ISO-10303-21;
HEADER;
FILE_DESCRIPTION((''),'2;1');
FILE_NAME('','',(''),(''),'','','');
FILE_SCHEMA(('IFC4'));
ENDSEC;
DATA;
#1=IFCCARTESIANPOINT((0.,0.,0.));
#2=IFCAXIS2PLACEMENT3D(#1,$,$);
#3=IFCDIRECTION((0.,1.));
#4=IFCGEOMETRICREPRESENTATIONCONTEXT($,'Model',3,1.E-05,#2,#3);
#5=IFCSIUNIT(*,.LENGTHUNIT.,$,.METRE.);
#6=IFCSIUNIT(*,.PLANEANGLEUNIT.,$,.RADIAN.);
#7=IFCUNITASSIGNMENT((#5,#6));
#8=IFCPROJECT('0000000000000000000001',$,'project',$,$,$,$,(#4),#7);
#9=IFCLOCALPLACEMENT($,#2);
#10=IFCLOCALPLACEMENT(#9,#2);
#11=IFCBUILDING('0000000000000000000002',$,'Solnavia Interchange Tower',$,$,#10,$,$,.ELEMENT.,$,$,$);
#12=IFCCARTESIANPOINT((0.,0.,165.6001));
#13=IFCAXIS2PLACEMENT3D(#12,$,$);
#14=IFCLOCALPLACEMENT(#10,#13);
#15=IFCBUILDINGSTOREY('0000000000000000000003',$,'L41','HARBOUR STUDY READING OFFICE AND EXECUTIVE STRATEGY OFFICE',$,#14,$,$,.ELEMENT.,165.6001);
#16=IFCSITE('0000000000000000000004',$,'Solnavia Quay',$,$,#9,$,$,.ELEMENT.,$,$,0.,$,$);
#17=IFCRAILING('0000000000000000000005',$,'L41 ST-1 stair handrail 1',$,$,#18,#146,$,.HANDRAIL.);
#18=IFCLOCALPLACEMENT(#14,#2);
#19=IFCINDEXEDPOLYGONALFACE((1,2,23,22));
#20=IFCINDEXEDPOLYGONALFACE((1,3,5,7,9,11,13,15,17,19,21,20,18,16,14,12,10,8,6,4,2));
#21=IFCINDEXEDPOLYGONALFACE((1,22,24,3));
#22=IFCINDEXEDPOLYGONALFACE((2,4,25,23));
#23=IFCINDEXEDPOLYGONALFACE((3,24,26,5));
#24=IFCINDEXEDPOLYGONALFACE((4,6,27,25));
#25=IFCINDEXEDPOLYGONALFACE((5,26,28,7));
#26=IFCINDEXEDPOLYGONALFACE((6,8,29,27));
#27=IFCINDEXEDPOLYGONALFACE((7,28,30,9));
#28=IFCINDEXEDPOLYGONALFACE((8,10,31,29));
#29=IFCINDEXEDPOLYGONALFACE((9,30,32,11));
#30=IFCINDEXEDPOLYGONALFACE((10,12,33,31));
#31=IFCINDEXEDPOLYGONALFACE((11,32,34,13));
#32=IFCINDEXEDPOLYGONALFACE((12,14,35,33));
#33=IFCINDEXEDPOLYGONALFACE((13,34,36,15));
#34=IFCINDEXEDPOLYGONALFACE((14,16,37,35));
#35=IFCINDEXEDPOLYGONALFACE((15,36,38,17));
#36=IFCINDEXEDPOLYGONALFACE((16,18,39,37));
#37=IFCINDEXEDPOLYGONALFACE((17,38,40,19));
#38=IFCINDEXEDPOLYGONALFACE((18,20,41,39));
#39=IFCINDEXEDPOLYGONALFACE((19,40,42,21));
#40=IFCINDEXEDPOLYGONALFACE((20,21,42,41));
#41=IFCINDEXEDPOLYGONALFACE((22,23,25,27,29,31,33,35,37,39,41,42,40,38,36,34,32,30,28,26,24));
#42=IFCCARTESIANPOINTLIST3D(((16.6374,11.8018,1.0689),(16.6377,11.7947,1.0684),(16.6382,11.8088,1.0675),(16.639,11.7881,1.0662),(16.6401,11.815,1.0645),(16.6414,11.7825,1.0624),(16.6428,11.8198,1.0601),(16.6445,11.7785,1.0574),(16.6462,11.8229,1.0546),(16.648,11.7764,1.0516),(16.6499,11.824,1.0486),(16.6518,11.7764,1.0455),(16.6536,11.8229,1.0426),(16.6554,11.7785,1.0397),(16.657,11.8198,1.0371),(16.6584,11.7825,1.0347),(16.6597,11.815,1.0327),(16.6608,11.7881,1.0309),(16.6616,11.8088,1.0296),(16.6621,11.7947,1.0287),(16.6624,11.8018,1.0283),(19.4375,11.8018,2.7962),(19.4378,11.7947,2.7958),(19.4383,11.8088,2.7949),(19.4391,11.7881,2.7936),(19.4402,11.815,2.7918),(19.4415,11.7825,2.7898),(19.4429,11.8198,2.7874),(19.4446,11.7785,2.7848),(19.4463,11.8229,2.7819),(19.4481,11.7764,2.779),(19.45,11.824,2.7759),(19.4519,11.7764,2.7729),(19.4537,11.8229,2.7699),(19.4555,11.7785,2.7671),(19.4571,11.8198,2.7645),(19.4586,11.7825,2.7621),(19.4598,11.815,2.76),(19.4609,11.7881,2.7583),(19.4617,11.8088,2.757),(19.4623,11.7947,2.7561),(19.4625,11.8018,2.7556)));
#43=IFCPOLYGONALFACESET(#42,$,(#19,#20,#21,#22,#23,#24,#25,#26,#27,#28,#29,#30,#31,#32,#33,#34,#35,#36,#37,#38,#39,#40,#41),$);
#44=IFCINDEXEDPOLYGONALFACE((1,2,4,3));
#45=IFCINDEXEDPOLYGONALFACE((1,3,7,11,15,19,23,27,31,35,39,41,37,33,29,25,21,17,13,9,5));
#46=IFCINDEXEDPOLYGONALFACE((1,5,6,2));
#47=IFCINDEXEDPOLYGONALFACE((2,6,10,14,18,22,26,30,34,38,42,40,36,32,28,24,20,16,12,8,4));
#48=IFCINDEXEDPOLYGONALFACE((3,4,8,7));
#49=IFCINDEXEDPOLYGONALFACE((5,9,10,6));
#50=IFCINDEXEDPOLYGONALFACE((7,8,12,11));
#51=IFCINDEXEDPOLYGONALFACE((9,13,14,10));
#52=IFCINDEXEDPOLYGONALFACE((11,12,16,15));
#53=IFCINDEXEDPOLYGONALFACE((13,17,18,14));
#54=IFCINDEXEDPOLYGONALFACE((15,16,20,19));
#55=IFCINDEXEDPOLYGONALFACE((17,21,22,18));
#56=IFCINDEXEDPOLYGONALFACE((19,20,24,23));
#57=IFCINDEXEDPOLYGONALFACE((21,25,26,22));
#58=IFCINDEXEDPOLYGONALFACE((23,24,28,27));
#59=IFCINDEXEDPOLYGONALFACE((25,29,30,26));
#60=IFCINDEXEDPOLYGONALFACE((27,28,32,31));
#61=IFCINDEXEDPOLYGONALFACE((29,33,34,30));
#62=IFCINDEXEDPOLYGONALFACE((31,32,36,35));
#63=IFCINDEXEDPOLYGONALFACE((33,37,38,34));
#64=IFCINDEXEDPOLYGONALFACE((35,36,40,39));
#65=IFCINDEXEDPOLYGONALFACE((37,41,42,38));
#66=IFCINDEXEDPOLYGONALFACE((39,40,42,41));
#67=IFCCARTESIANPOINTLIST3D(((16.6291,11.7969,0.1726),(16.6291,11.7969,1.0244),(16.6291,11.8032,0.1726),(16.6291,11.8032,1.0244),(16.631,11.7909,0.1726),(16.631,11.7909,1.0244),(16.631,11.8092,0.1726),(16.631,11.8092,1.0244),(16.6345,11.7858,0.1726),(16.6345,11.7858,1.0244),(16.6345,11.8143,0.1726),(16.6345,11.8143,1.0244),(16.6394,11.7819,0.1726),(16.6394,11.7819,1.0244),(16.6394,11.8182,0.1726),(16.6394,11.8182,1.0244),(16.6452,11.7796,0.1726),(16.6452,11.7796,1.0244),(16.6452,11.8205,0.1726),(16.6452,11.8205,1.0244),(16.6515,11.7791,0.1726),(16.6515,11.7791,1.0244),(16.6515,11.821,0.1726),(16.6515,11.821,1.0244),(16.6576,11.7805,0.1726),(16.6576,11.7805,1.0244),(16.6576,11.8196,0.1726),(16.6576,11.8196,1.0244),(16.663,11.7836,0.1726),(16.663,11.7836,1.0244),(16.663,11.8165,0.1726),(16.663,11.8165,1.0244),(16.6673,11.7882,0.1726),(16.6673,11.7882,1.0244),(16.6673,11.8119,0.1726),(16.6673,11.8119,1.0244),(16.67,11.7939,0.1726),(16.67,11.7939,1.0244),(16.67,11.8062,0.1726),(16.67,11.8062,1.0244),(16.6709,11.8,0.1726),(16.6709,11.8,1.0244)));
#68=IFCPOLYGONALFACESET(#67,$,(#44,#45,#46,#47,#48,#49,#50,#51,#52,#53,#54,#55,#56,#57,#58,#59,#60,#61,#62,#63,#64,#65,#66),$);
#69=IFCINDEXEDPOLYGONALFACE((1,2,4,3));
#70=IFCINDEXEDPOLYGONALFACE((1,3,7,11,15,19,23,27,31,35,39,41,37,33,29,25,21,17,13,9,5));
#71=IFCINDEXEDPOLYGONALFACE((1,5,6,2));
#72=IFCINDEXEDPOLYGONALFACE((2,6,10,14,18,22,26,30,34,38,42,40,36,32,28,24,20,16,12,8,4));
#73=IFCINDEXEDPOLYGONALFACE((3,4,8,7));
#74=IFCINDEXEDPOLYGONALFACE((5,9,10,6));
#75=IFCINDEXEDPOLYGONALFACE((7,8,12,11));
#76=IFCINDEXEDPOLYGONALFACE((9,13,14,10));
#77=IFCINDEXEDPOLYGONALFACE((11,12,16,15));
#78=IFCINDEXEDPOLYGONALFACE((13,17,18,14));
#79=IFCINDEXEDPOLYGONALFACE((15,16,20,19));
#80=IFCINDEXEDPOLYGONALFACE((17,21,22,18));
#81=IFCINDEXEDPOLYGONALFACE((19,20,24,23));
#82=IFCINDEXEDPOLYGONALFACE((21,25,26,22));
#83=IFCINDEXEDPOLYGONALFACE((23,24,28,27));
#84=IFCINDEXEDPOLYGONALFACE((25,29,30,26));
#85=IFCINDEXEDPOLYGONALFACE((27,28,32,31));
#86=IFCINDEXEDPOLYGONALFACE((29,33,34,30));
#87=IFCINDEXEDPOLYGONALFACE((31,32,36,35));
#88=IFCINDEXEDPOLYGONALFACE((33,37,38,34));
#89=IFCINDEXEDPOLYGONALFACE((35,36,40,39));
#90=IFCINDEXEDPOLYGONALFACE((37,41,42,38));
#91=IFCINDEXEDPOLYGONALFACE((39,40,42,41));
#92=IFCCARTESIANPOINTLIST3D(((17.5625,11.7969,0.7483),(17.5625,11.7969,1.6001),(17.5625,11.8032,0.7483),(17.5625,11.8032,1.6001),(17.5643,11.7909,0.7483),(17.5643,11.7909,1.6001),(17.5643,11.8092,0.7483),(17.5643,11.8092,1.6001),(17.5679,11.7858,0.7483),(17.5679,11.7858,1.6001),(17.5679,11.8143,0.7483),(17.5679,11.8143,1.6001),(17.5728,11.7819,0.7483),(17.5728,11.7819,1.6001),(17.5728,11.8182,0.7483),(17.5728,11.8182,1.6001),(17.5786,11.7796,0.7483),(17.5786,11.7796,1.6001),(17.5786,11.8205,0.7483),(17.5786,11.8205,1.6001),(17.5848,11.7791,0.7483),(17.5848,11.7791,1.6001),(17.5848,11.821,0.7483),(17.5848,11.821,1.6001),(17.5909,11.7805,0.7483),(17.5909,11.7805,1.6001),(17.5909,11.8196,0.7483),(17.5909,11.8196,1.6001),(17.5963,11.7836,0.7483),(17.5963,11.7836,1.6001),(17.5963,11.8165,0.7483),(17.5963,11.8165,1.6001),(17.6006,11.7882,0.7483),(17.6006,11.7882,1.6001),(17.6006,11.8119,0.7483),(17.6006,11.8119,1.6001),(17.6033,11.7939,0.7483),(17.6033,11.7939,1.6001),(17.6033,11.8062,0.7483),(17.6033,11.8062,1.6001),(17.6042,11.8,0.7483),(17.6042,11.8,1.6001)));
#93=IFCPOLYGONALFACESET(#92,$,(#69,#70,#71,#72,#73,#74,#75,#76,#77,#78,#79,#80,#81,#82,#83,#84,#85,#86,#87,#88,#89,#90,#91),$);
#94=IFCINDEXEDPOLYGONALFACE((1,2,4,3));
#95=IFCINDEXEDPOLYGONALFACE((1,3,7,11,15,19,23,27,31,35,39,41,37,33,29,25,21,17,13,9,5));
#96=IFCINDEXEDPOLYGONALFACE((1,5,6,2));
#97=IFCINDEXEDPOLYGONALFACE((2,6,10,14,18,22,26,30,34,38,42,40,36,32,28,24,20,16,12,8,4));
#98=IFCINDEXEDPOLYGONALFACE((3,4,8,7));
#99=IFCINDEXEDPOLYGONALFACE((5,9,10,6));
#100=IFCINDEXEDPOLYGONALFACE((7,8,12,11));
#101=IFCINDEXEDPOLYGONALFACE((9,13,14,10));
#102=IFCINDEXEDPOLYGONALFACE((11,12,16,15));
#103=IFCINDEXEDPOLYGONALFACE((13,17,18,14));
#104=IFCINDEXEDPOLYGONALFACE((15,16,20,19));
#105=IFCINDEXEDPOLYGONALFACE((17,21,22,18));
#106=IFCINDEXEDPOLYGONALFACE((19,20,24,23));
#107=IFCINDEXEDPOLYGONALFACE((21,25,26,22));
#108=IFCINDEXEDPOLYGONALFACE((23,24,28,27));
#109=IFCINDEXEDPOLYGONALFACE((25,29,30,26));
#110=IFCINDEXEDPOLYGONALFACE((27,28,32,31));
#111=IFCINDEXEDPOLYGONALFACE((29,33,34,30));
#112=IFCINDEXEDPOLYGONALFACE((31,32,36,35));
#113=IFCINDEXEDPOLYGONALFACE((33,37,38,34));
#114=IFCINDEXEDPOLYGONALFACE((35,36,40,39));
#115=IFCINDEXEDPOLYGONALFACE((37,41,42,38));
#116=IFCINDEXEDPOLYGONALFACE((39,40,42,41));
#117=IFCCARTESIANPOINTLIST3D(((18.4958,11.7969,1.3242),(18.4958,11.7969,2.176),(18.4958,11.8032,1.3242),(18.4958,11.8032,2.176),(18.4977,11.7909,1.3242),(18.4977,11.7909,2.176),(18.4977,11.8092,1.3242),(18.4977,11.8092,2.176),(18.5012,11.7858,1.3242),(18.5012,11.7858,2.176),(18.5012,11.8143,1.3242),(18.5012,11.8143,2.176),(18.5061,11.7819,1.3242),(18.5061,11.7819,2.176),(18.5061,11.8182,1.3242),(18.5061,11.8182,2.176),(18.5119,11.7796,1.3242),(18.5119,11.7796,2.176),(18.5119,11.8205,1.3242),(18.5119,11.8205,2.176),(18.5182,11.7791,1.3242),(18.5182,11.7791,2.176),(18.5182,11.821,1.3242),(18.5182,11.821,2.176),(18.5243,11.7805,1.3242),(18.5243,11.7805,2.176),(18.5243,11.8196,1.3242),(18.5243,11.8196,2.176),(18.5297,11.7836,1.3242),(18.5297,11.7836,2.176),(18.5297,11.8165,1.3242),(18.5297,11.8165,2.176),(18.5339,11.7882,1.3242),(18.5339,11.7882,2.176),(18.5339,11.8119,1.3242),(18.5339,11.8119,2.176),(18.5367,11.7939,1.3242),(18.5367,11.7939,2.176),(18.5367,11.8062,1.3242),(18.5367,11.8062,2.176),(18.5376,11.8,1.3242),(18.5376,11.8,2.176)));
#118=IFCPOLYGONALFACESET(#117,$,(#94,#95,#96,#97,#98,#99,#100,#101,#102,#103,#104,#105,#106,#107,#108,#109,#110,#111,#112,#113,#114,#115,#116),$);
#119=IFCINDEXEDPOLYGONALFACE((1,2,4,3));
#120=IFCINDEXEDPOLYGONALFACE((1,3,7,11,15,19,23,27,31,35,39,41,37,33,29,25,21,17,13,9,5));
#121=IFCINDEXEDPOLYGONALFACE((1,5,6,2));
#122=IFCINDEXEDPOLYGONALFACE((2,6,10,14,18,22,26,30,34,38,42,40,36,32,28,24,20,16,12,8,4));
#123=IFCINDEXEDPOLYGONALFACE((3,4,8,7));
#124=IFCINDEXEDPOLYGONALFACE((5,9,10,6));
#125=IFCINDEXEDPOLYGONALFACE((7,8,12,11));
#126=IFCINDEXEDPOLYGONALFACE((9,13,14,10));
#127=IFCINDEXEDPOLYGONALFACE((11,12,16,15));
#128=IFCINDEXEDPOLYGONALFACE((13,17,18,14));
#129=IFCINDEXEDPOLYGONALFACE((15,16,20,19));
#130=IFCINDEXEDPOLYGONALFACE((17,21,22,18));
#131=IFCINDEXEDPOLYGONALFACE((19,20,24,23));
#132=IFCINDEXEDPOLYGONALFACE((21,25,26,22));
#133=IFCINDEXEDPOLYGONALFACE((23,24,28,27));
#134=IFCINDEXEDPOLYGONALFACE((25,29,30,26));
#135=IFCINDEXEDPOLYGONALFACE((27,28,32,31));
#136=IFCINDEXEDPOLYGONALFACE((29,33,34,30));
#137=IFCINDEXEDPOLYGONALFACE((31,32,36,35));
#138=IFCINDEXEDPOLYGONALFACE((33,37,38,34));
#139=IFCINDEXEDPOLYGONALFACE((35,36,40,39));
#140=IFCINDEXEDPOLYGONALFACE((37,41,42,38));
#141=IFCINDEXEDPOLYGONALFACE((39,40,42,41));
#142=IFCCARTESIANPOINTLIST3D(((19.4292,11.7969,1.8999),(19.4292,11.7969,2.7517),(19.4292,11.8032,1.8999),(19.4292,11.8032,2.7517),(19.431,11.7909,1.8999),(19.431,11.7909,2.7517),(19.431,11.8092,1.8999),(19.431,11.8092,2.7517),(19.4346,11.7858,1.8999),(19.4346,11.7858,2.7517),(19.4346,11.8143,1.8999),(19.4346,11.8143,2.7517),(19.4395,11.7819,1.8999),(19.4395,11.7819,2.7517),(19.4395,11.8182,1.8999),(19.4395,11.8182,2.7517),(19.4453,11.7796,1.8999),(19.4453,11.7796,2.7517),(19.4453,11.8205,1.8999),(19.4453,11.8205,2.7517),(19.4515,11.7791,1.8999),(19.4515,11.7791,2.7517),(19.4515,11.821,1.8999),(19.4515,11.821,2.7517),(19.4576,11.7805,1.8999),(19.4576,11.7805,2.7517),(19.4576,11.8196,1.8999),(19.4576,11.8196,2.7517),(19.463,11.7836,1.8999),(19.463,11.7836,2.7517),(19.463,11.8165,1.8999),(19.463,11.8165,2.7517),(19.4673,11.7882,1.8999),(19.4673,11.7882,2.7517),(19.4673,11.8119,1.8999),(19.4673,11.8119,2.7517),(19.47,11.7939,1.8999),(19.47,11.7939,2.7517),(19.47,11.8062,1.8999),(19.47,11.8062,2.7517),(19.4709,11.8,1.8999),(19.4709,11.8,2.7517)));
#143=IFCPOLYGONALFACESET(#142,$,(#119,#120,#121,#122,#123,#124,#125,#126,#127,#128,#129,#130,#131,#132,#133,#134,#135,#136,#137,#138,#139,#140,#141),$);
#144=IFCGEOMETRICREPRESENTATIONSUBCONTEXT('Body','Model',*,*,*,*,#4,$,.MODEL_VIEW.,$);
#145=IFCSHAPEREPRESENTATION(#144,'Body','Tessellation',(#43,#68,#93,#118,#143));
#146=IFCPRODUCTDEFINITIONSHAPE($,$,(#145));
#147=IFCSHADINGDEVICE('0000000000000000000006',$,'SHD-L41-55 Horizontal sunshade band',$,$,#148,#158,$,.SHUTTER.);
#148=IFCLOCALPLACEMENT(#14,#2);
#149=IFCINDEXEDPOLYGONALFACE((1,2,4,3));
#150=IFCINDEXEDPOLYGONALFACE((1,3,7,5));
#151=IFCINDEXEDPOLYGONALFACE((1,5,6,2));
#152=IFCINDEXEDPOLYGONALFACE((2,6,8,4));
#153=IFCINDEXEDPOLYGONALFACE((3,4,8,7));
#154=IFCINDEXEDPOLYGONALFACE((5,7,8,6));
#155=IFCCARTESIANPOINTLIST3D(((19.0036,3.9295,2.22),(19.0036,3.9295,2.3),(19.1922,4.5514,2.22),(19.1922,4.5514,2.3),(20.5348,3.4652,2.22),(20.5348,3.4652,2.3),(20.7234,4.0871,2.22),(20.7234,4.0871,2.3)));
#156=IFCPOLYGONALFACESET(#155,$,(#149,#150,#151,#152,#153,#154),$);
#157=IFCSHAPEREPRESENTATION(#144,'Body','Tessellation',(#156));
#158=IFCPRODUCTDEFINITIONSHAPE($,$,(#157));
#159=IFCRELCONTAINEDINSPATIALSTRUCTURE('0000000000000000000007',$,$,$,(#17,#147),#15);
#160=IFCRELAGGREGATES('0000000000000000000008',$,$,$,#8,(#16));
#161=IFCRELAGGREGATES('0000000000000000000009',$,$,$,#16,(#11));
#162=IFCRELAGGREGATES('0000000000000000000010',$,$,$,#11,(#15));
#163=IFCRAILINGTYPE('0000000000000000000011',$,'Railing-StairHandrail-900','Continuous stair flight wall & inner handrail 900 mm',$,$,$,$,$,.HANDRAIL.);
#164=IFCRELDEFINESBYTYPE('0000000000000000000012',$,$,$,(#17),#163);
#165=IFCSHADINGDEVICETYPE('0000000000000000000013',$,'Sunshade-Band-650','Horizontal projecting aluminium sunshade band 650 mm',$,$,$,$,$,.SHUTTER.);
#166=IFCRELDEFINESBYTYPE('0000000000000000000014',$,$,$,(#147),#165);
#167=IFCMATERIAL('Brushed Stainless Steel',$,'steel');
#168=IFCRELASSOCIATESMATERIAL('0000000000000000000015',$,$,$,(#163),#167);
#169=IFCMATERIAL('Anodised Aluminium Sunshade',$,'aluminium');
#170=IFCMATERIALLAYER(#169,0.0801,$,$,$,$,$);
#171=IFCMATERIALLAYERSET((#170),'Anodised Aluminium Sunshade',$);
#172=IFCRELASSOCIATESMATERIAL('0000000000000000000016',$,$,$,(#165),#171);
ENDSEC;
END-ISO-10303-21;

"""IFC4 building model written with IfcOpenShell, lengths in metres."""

from ifc_helpers import new_model, si_unit, direction, frame, origin, origin_2d, place, context, subcontext, project, spatial, rectangle, circle, extrude, material, layer, layer_set, type_object, element, save


model = new_model("IFC4")

# Units and contexts
model_context = context("Model", 3, precision=1e-05, world=origin(), true_north=direction((0.0, 1.0)))
body_context = subcontext(model_context, "Body", "Model", "MODEL_VIEW")
ifc_project = project(units=[si_unit("LENGTHUNIT", "METRE"), si_unit("PLANEANGLEUNIT", "RADIAN")], contexts=[model_context])

# Site, building, storey
site_placement = place(None, origin())
site = spatial("IfcSite", under=ifc_project, at=site_placement, Name="Solnavia Quay", CompositionType="ELEMENT", RefElevation=0.0)
building_placement = place(site_placement, origin())
building = spatial("IfcBuilding", under=site, at=building_placement, Name="Solnavia Interchange Tower", CompositionType="ELEMENT")
storey_placement = place(building_placement, frame((0.0, 0.0, 165.6001)))
storey = spatial("IfcBuildingStorey", under=building, at=storey_placement, Name="L41", Description="HARBOUR STUDY READING OFFICE AND EXECUTIVE STRATEGY OFFICE", CompositionType="ELEMENT", Elevation=165.6001)

# Railing
ifc_material_1 = material(Name="Brushed Stainless Steel", Category="steel")
railing_type_1 = type_object("IfcRailingType", Name="Railing-StairHandrail-900", Description="Continuous stair flight wall & inner handrail 900 mm", PredefinedType="HANDRAIL", material=ifc_material_1)
railing_1_placement = place(storey_placement, frame((16.6499, 11.8, 0.1726)))
element("IfcRailing", 1, at=railing_1_placement, inside=storey, type_object=railing_type_1, Name="L41 ST-1 stair handrail 1", PredefinedType="HANDRAIL", context=body_context, shape_type="SweptSolid", body=[
    extrude(circle(Radius=0.0239, at=origin_2d()), frame((0.0, 0.0, 0.876), z_axis=(0.85109, 0.0, 0.52502), x_axis=(0.0, 1.0, 0.0)), (0.0, 0.0, 1.0), 3.29),
    extrude(circle(Radius=0.021, at=origin_2d()), origin(), (0.0, 0.0, 1.0), 0.8518),
    extrude(circle(Radius=0.021, at=origin_2d()), frame((0.9333, 0.0, 0.5757)), (0.0, 0.0, 1.0), 0.8518),
    extrude(circle(Radius=0.021, at=origin_2d()), frame((1.8667, 0.0, 1.1516)), (0.0, 0.0, 1.0), 0.8518),
    extrude(circle(Radius=0.021, at=origin_2d()), frame((2.8, 0.0, 1.7273)), (0.0, 0.0, 1.0), 0.8518),
])

# Shading device
ifc_material_2 = material(Name="Anodised Aluminium Sunshade", Category="aluminium")
ifc_layer_1 = layer(ifc_material_2, 0.0801)
ifc_layer_set_1 = layer_set([ifc_layer_1], Name="Anodised Aluminium Sunshade")
shading_device_type = type_object("IfcShadingDeviceType", Name="Sunshade-Band-650", Description="Horizontal projecting aluminium sunshade band 650 mm", PredefinedType="SHUTTER", material=ifc_layer_set_1)
shading_device_placement = place(storey_placement, frame((19.8635, 4.0083, 2.22), z_axis=(0.0, 0.0, 1.0), x_axis=(-0.956966, 0.290201, 0.0)))
element("IfcShadingDevice", 2, at=shading_device_placement, inside=storey, type_object=shading_device_type, Name="SHD-L41-55 Horizontal sunshade band", PredefinedType="SHUTTER", context=body_context, shape_type="SweptSolid", body=[
    extrude(rectangle(XDim=1.6001, YDim=0.6499, at=origin_2d()), origin(), (0.0, 0.0, 1.0), 0.0801),
])

save(model, "model.ifc")
